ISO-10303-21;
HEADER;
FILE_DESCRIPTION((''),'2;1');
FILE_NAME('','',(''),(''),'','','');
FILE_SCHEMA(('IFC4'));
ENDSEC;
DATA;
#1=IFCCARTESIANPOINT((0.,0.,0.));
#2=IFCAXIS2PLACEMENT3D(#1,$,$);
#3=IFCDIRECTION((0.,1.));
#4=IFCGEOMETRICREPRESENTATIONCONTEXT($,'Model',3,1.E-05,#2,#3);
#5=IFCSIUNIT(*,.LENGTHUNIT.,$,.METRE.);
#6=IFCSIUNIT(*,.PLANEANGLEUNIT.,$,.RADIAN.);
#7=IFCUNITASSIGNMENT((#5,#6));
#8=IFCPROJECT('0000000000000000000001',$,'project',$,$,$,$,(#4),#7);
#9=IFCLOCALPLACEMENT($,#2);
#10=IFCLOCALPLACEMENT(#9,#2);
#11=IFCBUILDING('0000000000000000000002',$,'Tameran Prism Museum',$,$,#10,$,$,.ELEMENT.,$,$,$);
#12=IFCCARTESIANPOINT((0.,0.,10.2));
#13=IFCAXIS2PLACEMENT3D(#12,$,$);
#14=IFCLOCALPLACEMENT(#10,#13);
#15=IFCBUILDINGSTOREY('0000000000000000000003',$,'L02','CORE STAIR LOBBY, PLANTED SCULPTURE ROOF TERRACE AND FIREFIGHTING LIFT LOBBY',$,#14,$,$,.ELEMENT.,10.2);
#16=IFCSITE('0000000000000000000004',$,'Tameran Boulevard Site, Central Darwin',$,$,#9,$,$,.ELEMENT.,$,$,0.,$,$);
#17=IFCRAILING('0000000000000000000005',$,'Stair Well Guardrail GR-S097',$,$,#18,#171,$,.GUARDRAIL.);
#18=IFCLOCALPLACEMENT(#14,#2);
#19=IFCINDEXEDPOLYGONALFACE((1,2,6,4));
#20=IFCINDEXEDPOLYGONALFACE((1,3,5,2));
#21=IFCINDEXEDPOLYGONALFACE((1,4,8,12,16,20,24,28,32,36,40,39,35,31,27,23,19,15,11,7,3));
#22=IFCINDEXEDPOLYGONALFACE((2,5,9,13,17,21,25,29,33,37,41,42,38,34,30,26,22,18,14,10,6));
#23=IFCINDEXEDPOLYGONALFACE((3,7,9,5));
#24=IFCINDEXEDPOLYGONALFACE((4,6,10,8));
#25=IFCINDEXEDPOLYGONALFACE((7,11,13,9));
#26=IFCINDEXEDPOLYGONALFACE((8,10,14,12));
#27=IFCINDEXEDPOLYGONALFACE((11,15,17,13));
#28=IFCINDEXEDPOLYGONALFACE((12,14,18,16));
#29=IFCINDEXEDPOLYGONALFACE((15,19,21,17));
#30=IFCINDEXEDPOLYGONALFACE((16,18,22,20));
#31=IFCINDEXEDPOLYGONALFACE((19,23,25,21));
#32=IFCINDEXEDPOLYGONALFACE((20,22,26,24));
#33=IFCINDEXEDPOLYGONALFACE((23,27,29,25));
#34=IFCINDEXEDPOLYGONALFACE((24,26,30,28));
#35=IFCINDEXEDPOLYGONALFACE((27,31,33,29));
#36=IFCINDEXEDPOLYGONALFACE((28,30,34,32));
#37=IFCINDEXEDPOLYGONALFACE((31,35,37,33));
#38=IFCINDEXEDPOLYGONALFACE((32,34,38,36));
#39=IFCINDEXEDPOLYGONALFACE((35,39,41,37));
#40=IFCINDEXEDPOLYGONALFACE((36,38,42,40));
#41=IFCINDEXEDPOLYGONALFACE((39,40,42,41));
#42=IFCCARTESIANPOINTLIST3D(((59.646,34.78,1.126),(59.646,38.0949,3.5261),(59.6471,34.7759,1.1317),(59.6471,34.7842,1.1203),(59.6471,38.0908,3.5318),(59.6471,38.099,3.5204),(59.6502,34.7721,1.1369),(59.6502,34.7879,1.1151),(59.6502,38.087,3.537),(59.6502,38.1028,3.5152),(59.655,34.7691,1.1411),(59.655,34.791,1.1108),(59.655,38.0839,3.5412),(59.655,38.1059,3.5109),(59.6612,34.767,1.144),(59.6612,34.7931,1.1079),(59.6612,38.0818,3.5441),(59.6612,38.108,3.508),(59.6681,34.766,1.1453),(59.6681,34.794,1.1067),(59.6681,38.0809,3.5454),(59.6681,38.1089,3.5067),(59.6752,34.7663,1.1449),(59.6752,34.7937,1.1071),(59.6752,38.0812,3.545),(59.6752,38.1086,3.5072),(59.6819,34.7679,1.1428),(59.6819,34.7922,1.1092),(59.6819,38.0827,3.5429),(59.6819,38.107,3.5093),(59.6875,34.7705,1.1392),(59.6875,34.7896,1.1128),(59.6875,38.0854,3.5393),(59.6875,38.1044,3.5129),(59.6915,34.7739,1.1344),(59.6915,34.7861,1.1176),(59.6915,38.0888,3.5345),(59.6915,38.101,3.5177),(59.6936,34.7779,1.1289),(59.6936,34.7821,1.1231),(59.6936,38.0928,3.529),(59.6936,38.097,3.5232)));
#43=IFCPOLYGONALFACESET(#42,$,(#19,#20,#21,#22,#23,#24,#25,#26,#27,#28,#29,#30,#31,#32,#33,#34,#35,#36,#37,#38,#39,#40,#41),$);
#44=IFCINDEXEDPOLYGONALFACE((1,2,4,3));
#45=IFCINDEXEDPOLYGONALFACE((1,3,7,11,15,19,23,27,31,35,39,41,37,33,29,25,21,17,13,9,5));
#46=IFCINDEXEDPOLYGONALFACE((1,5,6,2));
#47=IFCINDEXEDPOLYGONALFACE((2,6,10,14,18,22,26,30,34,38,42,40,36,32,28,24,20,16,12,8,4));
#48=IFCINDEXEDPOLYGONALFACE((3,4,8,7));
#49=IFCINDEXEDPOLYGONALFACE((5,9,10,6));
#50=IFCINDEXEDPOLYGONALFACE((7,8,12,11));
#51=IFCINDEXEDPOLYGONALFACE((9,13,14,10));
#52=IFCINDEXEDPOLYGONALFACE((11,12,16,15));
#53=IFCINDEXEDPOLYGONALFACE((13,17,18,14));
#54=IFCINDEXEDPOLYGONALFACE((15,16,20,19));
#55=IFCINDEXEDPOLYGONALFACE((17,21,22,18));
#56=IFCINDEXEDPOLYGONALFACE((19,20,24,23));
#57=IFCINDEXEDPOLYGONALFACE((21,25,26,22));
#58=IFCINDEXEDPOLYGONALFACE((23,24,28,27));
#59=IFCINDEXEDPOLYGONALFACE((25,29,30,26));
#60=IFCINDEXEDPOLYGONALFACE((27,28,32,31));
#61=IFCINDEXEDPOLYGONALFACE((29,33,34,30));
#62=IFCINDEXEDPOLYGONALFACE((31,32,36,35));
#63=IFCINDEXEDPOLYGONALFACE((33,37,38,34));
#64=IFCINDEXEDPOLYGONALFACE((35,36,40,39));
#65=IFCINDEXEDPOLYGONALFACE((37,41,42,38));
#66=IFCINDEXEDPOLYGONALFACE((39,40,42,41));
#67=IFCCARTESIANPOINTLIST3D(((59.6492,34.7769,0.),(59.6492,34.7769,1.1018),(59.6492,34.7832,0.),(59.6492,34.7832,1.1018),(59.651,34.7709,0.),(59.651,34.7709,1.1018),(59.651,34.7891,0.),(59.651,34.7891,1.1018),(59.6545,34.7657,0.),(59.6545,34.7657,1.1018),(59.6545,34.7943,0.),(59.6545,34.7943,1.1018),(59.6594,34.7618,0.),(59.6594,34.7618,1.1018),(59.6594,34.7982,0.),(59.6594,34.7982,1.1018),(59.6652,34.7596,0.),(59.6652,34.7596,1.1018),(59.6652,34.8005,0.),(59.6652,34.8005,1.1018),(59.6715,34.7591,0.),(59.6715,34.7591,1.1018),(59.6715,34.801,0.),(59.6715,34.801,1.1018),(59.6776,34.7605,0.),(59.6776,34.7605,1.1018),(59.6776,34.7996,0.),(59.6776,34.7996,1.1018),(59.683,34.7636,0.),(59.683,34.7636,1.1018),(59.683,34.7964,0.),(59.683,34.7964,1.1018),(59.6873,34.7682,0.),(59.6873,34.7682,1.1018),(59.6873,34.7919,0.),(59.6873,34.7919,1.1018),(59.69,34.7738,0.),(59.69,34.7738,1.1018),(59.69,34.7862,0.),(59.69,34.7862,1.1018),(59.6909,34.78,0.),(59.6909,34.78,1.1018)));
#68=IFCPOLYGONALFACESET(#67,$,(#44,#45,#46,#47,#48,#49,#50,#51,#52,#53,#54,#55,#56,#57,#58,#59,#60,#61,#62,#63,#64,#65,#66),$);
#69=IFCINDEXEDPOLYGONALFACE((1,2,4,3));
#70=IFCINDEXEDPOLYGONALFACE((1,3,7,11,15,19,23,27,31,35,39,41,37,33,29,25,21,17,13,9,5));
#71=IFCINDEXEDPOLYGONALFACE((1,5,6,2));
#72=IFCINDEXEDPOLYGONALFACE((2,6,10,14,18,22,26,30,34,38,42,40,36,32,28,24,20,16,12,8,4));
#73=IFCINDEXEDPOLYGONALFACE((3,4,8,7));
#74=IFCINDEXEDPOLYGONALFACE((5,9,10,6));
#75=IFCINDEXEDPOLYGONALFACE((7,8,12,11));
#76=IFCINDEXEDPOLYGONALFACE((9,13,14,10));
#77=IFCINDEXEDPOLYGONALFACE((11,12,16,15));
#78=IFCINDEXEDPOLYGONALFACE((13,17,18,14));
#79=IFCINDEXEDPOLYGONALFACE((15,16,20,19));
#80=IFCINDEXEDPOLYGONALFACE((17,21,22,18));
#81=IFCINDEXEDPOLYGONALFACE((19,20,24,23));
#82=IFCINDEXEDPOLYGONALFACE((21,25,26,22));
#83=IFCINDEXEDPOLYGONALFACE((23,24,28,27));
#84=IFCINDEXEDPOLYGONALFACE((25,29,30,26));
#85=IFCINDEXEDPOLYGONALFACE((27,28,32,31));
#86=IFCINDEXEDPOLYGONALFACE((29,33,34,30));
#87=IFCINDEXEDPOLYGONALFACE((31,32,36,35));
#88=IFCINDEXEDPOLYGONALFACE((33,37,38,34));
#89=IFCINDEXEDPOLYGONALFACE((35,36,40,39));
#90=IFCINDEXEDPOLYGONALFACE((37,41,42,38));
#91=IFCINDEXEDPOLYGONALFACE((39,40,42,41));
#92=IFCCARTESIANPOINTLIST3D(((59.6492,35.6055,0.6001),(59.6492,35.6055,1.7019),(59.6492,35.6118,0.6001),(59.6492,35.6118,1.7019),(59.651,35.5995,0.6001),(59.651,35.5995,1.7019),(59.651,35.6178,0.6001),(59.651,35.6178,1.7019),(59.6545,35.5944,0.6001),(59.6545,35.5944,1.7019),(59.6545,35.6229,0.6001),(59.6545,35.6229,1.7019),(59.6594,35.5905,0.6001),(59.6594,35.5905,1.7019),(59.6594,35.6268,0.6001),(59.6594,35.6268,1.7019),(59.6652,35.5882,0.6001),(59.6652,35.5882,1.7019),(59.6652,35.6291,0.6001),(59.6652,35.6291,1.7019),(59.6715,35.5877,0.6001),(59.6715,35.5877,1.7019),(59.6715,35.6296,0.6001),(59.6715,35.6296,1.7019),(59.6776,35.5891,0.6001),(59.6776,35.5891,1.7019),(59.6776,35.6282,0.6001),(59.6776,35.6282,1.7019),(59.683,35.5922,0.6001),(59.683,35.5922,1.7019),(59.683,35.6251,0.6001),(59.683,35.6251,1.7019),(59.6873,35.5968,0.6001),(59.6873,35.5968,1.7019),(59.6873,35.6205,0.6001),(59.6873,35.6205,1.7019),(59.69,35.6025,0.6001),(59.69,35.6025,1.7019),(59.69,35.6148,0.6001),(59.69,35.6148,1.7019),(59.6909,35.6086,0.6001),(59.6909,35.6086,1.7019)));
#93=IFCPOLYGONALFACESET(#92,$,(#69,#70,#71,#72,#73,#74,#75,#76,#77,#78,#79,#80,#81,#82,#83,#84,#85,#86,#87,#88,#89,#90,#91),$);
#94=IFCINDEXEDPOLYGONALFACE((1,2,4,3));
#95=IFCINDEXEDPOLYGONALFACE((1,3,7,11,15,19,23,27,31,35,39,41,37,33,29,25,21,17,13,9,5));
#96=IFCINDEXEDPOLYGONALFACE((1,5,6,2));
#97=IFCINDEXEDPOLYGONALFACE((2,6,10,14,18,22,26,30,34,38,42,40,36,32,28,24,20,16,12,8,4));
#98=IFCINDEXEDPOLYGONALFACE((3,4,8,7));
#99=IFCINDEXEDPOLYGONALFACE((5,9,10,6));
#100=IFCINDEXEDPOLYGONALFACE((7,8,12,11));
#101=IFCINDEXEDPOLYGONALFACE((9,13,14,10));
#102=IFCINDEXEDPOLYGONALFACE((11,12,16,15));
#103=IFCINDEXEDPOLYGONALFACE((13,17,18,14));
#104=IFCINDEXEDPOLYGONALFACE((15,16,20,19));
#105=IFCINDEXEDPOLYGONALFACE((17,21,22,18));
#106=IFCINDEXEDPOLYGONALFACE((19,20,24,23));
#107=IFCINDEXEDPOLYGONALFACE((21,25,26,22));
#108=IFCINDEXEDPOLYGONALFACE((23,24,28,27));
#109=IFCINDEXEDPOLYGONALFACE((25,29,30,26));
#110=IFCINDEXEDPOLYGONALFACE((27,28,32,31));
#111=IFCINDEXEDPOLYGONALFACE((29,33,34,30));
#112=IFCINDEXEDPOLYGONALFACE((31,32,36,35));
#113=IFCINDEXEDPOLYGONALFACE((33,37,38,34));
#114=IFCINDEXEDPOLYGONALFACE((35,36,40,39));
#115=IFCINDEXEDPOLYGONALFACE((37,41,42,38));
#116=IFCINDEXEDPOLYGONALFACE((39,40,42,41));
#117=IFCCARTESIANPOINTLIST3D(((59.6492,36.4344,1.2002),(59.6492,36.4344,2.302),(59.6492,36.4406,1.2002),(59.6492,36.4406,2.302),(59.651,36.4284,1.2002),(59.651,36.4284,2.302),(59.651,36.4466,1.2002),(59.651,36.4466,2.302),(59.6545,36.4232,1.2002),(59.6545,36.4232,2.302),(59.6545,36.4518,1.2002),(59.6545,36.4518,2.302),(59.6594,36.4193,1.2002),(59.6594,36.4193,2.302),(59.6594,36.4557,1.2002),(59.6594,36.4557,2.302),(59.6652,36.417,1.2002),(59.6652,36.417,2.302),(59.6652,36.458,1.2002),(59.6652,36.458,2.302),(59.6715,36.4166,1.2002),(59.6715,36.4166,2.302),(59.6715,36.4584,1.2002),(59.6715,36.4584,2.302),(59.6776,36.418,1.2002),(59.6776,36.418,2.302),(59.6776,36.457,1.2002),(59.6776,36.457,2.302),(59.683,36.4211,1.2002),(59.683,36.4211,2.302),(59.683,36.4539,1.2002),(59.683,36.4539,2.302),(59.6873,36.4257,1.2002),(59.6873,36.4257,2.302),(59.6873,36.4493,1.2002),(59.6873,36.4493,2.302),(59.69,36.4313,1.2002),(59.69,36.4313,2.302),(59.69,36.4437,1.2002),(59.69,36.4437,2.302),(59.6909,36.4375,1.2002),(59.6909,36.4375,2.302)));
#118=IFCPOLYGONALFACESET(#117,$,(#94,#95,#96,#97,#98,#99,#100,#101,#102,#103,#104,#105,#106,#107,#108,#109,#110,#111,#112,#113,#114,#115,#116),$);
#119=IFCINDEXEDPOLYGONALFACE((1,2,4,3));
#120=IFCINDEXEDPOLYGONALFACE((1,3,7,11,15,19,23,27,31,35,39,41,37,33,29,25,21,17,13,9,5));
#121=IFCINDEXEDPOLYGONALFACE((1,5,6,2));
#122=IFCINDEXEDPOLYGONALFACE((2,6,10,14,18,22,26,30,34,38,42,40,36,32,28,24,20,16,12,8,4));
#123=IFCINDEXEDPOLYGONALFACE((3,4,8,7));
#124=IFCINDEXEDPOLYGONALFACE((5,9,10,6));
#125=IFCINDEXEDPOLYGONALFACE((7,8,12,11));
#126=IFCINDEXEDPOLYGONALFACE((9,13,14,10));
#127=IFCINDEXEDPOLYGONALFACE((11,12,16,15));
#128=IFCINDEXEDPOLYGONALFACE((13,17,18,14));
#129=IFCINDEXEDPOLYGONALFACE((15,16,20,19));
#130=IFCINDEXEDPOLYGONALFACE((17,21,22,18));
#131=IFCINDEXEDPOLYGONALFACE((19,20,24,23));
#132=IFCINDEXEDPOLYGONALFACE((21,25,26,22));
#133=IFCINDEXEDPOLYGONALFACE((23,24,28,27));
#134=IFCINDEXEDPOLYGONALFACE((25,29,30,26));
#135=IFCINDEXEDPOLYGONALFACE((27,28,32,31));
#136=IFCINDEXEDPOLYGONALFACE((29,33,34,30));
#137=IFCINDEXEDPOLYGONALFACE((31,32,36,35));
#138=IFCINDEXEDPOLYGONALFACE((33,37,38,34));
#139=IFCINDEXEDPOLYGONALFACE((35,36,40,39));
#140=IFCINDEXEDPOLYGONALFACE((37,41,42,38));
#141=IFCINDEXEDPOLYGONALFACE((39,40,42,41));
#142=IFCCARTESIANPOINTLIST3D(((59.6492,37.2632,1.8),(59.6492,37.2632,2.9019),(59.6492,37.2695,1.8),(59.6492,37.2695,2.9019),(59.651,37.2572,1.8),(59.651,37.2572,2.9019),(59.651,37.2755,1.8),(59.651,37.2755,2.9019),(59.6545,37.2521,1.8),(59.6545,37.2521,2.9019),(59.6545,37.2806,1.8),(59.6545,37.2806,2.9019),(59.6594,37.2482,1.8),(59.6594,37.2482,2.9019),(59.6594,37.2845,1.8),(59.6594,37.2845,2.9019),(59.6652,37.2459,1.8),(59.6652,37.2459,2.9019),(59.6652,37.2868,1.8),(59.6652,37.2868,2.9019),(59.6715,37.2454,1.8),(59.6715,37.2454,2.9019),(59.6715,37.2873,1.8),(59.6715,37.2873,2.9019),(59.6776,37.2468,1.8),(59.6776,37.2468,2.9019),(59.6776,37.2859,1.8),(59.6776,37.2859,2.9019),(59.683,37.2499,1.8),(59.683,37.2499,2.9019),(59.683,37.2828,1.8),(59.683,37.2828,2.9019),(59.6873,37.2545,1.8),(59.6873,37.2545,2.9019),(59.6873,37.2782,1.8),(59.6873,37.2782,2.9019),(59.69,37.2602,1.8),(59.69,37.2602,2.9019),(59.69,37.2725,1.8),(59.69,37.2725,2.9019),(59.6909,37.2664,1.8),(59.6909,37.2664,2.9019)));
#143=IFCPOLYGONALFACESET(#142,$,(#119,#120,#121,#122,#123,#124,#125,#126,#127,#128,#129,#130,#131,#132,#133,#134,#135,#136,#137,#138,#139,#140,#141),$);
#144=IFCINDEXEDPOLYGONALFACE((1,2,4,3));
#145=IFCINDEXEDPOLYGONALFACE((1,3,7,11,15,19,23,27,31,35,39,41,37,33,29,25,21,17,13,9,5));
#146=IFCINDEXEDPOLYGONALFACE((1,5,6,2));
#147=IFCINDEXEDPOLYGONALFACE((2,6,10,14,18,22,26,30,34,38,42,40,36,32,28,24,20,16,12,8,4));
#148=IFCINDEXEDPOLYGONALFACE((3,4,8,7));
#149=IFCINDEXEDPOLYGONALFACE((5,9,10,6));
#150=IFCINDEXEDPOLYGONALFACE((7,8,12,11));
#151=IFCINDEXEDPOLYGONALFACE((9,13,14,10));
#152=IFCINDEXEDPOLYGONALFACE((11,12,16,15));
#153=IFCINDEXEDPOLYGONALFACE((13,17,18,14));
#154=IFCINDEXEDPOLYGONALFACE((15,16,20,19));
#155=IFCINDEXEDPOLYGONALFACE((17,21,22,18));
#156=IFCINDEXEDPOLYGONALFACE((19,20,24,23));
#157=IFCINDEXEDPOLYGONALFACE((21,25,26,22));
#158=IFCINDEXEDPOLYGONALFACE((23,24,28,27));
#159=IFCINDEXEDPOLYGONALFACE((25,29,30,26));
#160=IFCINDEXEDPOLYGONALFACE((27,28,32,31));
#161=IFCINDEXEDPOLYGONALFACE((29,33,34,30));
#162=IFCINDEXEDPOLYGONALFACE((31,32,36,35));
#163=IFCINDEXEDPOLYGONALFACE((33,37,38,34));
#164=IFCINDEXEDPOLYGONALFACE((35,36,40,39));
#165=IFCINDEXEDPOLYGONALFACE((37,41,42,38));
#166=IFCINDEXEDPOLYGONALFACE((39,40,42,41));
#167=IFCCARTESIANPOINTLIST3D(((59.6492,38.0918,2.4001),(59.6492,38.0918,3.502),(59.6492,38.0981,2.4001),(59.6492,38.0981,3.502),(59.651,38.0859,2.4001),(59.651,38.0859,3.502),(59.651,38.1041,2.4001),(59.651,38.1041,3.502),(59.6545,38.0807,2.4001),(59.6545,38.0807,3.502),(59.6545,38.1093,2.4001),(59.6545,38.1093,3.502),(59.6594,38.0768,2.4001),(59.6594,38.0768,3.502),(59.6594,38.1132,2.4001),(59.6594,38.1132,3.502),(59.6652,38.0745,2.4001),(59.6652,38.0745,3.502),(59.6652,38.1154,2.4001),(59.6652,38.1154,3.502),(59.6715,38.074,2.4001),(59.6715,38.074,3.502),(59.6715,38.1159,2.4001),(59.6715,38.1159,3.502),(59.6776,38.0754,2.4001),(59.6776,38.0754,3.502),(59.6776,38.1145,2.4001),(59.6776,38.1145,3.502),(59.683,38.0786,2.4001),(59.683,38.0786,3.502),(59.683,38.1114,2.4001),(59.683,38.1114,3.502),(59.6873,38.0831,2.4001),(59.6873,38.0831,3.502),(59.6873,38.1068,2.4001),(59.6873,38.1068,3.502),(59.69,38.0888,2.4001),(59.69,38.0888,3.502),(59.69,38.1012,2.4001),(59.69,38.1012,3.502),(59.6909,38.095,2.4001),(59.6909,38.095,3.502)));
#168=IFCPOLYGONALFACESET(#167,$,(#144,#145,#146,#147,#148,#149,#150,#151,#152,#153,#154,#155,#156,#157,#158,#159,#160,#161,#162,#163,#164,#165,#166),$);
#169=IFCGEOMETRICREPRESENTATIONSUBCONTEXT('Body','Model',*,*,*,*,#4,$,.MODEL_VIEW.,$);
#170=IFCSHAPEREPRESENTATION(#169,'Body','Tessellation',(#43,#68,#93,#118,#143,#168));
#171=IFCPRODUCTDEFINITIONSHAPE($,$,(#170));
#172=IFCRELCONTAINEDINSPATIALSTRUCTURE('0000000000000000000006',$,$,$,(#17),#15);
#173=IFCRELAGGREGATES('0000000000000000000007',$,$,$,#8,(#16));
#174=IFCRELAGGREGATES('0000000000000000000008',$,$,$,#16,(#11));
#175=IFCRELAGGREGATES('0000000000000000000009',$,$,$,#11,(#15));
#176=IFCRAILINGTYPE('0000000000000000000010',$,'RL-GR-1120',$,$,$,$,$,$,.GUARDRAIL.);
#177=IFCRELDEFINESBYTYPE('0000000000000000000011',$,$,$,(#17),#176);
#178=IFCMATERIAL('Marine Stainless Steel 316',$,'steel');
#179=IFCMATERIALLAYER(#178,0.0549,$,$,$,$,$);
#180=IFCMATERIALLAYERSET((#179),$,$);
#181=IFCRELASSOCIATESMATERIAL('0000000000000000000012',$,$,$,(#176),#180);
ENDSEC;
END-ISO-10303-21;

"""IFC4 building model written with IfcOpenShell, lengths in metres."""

from ifc_helpers import new_model, si_unit, direction, frame, origin, origin_2d, place, context, subcontext, project, spatial, circle, extrude, material, layer, layer_set, type_object, element, save


model = new_model("IFC4")

# Units and contexts
model_context = context("Model", 3, precision=1e-05, world=origin(), true_north=direction((0.0, 1.0)))
body_context = subcontext(model_context, "Body", "Model", "MODEL_VIEW")
ifc_project = project(units=[si_unit("LENGTHUNIT", "METRE"), si_unit("PLANEANGLEUNIT", "RADIAN")], contexts=[model_context])

# Site, building, storey
site_placement = place(None, origin())
site = spatial("IfcSite", under=ifc_project, at=site_placement, Name="Tameran Boulevard Site, Central Darwin", CompositionType="ELEMENT", RefElevation=0.0)
building_placement = place(site_placement, origin())
building = spatial("IfcBuilding", under=site, at=building_placement, Name="Tameran Prism Museum", CompositionType="ELEMENT")
storey_placement = place(building_placement, frame((0.0, 0.0, 10.2)))
storey = spatial("IfcBuildingStorey", under=building, at=storey_placement, Name="L02", Description="CORE STAIR LOBBY, PLANTED SCULPTURE ROOF TERRACE AND FIREFIGHTING LIFT LOBBY", CompositionType="ELEMENT", Elevation=10.2)

# Railing
ifc_material_1 = material(Name="Marine Stainless Steel 316", Category="steel")
ifc_layer_1 = layer(ifc_material_1, 0.0549)
ifc_layer_set_1 = layer_set([ifc_layer_1])
railing_type_1 = type_object("IfcRailingType", Name="RL-GR-1120", PredefinedType="GUARDRAIL", material=ifc_layer_set_1)
railing_1_placement = place(storey_placement, frame((59.6699, 34.78, 0.0)))
element("IfcRailing", 1, at=railing_1_placement, inside=storey, type_object=railing_type_1, Name="Stair Well Guardrail GR-S097", PredefinedType="GUARDRAIL", context=body_context, shape_type="SweptSolid", body=[
    extrude(circle(Radius=0.0239, at=origin_2d()), frame((0.0, 0.0, 1.126), z_axis=(0.0, 0.80998, 0.586457), x_axis=(-1.0, 0.0, 0.0)), (0.0, 0.0, 1.0), 4.0925),
    extrude(circle(Radius=0.021, at=origin_2d()), origin(), (0.0, 0.0, 1.0), 1.1018),
    extrude(circle(Radius=0.021, at=origin_2d()), frame((0.0, 0.8286, 0.6001)), (0.0, 0.0, 1.0), 1.1018),
    extrude(circle(Radius=0.021, at=origin_2d()), frame((0.0, 1.6575, 1.2002)), (0.0, 0.0, 1.0), 1.1018),
    extrude(circle(Radius=0.021, at=origin_2d()), frame((0.0, 2.4863, 1.8)), (0.0, 0.0, 1.0), 1.1018),
    extrude(circle(Radius=0.021, at=origin_2d()), frame((0.0, 3.3149, 2.4001)), (0.0, 0.0, 1.0), 1.1018),
])

save(model, "model.ifc")
